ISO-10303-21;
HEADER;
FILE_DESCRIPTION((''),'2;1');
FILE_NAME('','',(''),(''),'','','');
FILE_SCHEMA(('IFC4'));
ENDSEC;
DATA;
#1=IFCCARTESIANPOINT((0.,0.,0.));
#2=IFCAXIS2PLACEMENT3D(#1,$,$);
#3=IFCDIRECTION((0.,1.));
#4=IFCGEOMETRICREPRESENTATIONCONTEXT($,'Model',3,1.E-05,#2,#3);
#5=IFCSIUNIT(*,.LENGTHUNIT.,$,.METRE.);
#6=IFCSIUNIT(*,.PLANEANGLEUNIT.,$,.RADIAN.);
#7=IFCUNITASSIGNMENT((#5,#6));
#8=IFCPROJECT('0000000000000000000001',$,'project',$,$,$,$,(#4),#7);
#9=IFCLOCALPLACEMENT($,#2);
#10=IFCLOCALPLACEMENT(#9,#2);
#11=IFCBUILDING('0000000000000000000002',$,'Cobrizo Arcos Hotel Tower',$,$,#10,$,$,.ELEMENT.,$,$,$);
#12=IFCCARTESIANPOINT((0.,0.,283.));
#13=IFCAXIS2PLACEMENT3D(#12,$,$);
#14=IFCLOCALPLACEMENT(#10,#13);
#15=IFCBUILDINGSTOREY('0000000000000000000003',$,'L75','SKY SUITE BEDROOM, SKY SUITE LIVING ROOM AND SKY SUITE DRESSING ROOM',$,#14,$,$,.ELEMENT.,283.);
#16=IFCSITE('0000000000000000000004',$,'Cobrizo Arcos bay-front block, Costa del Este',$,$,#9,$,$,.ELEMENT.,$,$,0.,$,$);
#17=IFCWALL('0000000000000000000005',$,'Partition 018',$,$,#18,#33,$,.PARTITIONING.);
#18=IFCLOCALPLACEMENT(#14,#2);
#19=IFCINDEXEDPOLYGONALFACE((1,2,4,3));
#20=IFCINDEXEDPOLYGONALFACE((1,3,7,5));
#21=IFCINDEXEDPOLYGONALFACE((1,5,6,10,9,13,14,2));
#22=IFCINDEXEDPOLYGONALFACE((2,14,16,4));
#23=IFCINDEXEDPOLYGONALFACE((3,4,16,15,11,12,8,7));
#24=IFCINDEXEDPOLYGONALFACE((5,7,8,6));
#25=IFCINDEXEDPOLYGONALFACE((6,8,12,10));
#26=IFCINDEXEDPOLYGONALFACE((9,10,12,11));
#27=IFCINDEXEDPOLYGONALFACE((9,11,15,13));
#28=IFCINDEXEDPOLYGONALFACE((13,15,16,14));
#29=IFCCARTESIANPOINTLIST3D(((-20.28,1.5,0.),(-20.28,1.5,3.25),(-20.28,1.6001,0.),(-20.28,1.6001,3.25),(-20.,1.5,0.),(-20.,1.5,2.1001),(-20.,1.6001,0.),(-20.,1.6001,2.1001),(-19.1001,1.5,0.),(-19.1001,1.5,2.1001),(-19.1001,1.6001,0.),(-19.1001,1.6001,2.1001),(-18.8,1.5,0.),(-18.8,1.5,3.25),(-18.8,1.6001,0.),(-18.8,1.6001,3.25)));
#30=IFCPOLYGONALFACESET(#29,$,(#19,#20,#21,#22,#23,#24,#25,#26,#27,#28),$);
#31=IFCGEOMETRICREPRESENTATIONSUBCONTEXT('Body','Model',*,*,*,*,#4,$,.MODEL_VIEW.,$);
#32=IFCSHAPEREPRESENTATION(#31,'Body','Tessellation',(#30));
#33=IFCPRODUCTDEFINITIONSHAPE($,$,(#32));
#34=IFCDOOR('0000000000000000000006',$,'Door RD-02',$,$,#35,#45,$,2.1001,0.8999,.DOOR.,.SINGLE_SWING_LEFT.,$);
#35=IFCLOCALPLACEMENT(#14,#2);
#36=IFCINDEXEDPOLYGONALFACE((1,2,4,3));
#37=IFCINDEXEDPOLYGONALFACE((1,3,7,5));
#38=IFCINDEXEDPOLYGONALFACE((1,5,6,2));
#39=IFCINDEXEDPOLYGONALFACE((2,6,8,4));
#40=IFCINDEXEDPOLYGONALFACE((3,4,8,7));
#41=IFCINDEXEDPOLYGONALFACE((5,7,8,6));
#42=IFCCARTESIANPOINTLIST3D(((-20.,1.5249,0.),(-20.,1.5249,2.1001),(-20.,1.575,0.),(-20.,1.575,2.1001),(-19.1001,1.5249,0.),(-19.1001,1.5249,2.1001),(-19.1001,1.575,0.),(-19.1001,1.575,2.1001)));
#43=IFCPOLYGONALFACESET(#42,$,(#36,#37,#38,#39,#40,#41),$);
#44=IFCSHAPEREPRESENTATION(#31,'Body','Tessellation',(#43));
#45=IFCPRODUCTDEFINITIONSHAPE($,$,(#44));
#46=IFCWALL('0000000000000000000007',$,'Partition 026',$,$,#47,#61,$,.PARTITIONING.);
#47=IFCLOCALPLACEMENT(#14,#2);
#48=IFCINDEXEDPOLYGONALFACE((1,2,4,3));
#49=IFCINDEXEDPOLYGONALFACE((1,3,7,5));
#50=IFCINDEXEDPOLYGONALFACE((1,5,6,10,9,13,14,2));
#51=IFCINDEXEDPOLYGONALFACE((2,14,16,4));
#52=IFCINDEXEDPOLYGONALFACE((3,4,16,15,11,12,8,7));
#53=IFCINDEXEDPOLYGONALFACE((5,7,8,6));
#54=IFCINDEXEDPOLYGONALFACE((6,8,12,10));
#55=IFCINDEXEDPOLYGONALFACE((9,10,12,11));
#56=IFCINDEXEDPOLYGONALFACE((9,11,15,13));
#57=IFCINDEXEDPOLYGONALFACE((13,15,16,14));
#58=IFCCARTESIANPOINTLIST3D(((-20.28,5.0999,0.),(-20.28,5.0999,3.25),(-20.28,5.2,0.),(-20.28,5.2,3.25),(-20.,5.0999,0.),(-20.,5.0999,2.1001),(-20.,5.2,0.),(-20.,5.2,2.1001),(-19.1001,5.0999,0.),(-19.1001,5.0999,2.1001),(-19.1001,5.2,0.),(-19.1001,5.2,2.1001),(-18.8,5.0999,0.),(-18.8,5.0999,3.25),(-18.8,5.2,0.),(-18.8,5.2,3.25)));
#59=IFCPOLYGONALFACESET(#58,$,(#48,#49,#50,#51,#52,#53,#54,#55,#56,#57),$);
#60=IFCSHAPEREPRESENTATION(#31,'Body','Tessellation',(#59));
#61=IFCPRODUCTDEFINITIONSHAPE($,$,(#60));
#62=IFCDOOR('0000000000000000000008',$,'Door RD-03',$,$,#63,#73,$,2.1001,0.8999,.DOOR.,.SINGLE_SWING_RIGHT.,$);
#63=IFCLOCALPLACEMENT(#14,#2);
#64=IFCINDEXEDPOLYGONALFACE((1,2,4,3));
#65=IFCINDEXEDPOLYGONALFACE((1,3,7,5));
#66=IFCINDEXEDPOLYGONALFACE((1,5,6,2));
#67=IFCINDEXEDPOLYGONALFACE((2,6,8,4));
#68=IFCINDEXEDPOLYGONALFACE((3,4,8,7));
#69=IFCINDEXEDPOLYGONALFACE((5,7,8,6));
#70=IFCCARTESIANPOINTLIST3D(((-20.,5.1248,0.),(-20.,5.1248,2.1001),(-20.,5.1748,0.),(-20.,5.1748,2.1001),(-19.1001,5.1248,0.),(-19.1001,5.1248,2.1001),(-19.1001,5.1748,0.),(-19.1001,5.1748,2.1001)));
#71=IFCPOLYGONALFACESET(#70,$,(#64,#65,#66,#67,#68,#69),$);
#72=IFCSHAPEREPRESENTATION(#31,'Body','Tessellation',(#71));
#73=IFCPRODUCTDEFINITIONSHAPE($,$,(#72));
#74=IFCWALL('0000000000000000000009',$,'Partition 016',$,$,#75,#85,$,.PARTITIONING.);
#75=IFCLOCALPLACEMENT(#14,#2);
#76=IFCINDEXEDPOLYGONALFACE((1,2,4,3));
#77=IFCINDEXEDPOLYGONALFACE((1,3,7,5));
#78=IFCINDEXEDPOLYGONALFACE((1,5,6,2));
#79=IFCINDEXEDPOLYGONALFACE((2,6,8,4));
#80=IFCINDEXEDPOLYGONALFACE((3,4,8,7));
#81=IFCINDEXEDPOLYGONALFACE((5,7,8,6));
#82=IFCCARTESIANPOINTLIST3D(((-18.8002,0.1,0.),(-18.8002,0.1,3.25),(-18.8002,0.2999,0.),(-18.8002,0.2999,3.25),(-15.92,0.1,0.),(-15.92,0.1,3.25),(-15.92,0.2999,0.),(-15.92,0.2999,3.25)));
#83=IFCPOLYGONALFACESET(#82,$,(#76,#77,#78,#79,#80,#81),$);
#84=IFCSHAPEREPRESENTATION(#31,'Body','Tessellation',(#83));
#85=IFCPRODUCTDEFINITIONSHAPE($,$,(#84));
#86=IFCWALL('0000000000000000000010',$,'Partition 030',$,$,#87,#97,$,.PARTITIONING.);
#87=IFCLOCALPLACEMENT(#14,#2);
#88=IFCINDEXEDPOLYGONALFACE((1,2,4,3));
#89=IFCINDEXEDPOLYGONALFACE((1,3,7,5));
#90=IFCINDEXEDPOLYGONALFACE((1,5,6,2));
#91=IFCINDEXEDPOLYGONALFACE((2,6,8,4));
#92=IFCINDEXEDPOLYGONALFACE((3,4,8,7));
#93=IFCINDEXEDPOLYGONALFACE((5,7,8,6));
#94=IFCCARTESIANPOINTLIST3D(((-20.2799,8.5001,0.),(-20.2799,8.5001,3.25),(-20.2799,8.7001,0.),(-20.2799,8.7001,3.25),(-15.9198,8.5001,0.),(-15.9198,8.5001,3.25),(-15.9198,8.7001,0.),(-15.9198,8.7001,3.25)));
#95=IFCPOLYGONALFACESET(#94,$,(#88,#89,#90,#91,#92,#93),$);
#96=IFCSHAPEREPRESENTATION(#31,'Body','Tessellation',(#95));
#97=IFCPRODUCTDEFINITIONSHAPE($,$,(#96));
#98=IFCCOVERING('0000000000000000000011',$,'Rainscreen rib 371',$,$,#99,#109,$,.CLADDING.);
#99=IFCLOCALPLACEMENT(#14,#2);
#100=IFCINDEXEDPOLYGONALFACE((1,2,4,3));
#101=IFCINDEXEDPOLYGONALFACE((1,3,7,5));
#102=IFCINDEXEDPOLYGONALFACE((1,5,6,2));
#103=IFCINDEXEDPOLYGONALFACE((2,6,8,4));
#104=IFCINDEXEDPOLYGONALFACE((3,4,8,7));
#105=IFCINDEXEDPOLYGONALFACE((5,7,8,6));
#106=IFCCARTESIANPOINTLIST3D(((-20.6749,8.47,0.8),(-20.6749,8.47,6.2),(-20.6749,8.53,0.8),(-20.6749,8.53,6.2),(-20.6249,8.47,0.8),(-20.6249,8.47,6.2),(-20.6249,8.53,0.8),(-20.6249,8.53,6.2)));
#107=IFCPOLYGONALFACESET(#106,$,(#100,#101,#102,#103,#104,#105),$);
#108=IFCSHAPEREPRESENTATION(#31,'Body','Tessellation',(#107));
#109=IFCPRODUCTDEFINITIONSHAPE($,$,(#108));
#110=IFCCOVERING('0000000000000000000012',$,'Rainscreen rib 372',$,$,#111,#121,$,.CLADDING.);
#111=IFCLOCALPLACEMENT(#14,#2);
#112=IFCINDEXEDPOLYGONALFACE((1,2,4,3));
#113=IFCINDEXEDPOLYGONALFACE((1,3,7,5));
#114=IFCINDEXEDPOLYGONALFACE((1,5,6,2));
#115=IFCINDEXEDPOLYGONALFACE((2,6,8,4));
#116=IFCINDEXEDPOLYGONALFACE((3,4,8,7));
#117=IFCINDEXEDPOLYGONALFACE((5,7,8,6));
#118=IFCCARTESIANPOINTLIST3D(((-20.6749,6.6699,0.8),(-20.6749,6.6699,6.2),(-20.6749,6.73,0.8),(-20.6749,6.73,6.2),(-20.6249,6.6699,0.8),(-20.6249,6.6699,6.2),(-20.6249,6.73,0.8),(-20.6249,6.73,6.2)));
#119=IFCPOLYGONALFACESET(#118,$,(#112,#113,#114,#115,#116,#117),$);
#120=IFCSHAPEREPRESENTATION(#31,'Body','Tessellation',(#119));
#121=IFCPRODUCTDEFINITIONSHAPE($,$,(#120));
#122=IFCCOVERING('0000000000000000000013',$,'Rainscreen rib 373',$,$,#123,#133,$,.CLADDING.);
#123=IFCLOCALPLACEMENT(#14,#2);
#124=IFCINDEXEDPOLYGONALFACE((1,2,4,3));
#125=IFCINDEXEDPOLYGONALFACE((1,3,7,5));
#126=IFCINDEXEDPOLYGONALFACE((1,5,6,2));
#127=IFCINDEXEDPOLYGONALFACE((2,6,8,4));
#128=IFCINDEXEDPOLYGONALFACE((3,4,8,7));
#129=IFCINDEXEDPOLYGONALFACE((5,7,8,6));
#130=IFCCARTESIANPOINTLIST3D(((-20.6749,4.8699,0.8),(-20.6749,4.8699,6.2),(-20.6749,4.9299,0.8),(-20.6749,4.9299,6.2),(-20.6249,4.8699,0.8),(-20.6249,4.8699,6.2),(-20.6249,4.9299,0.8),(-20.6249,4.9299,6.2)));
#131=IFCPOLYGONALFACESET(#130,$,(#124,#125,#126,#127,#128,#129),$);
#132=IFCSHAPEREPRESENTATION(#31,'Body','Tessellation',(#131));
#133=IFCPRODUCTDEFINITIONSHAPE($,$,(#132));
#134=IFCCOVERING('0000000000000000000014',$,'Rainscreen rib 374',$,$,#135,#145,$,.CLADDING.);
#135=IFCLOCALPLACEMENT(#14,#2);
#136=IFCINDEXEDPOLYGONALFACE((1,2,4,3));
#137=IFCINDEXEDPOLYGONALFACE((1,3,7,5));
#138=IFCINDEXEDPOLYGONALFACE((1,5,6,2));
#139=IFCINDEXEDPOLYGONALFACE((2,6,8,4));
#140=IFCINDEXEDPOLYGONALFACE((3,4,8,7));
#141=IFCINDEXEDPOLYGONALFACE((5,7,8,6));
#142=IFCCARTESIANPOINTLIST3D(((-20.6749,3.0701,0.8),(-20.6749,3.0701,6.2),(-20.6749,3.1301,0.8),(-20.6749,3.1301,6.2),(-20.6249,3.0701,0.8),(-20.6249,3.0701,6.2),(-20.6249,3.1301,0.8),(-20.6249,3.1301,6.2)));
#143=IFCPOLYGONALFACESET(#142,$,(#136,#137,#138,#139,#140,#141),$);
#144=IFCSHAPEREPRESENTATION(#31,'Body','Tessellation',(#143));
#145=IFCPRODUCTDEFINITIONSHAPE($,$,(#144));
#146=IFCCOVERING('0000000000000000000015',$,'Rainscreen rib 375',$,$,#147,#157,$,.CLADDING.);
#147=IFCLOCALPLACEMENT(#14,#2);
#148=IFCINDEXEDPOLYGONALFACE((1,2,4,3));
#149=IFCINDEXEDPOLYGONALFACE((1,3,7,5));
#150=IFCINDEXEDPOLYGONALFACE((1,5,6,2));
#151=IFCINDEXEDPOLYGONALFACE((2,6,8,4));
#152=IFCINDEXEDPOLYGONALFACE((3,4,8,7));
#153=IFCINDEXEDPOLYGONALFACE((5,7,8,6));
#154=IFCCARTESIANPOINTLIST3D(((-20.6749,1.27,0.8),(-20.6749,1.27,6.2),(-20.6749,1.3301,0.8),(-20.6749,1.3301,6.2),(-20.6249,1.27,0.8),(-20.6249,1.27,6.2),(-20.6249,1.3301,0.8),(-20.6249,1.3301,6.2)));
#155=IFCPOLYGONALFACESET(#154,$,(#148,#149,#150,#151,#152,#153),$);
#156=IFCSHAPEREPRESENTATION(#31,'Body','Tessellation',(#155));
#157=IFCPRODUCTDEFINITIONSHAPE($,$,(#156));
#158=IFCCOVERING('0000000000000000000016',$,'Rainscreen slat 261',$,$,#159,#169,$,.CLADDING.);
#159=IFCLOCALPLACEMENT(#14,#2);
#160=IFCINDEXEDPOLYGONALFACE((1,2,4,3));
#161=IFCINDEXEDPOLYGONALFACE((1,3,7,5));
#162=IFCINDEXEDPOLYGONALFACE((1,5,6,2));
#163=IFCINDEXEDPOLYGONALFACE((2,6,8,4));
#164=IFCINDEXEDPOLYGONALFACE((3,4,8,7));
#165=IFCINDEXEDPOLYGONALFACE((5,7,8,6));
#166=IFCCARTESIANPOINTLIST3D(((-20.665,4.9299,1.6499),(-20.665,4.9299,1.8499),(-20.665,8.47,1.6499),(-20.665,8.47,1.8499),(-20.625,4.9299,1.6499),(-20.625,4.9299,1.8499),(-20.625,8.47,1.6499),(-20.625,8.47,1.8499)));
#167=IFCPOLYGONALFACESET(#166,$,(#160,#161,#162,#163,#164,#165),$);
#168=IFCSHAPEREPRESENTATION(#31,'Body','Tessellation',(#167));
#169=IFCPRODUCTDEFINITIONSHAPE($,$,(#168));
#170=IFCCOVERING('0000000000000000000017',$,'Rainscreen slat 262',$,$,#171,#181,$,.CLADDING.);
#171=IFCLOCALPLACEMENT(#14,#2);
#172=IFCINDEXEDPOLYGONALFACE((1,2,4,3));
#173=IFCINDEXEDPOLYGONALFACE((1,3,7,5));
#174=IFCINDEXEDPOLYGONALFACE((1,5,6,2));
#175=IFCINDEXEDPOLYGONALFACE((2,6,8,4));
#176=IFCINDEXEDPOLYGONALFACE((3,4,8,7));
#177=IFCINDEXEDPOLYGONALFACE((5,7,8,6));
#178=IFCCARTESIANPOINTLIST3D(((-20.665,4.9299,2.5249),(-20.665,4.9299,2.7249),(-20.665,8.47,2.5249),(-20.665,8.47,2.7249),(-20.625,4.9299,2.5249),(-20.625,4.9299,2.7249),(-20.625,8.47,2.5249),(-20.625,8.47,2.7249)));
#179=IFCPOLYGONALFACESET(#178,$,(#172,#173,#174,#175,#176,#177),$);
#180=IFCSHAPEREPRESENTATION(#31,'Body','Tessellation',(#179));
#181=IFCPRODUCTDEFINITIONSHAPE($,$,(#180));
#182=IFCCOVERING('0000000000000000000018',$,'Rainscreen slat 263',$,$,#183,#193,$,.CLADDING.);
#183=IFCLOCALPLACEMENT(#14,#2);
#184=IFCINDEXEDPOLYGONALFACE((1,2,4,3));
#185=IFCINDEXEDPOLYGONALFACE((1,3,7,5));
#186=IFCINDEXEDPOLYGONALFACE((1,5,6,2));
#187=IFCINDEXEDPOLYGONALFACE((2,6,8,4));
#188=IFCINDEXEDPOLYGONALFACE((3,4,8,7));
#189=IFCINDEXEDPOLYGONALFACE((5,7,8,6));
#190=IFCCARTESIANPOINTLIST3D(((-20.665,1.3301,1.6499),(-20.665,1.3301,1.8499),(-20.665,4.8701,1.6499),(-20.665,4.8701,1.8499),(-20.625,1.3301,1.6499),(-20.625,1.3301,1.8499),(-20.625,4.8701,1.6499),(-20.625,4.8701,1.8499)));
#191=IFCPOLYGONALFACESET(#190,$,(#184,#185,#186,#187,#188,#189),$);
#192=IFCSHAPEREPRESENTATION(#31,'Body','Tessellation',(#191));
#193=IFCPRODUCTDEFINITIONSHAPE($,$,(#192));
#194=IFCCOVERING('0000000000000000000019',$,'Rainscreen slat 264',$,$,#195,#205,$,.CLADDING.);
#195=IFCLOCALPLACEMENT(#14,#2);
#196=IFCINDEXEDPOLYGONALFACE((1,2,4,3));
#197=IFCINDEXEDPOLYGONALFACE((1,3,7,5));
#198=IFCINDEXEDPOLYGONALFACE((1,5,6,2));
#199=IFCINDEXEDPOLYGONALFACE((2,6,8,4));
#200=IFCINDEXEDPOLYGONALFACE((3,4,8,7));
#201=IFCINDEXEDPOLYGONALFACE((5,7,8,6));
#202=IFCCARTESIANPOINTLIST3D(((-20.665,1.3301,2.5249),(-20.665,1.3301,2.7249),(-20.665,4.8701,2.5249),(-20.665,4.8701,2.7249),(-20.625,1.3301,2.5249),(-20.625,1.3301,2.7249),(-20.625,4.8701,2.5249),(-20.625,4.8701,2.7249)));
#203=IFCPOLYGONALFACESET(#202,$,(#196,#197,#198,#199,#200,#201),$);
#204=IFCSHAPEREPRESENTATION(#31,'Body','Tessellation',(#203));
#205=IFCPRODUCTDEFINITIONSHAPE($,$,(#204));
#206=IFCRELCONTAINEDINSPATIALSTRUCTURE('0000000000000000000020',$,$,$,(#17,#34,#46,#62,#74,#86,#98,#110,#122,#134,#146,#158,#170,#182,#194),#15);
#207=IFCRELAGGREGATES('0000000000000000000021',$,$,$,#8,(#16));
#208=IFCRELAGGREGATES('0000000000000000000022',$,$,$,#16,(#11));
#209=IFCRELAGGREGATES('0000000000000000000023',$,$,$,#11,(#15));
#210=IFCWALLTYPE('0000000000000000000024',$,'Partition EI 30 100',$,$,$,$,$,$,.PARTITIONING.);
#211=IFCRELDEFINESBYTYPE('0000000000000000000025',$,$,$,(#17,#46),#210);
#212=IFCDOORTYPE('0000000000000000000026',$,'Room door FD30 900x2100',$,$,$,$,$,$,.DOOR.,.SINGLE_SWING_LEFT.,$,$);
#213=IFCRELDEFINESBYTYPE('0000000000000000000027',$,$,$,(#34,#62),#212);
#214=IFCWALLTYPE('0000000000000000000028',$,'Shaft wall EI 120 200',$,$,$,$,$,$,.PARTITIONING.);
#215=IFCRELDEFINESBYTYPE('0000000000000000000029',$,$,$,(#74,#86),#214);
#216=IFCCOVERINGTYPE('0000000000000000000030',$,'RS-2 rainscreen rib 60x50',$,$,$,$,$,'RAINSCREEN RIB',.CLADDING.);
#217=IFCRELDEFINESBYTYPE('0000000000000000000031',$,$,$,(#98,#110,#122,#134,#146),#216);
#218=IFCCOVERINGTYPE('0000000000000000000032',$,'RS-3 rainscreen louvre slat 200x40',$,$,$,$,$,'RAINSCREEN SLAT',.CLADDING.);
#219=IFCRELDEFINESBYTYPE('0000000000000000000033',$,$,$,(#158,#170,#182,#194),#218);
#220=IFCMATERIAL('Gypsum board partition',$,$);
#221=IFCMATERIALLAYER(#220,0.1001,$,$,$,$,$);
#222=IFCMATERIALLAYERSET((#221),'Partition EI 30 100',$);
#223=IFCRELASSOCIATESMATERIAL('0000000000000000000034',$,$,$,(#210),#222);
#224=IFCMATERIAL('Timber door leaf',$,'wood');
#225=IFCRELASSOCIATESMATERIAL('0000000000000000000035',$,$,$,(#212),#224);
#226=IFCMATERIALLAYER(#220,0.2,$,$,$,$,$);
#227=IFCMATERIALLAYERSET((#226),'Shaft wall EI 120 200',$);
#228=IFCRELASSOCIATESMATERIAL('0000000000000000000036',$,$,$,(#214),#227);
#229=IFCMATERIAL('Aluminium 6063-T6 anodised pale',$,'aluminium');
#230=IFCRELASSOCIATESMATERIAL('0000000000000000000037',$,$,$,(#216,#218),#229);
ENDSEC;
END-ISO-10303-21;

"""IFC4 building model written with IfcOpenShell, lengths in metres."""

from ifc_helpers import new_model, si_unit, direction, frame, frame_2d, origin, origin_2d, place, context, subcontext, project, spatial, rectangle, extrude, material, layer, layer_set, type_object, element, fill, save


model = new_model("IFC4")

# Units and contexts
model_context = context("Model", 3, precision=1e-05, world=origin(), true_north=direction((0.0, 1.0)))
body_context = subcontext(model_context, "Body", "Model", "MODEL_VIEW")
ifc_project = project(units=[si_unit("LENGTHUNIT", "METRE"), si_unit("PLANEANGLEUNIT", "RADIAN")], contexts=[model_context])

# Site, building, storey
site_placement = place(None, origin())
site = spatial("IfcSite", under=ifc_project, at=site_placement, Name="Cobrizo Arcos bay-front block, Costa del Este", CompositionType="ELEMENT", RefElevation=0.0)
building_placement = place(site_placement, origin())
building = spatial("IfcBuilding", under=site, at=building_placement, Name="Cobrizo Arcos Hotel Tower", CompositionType="ELEMENT")
storey_placement = place(building_placement, frame((0.0, 0.0, 283.0)))
storey = spatial("IfcBuildingStorey", under=building, at=storey_placement, Name="L75", Description="SKY SUITE BEDROOM, SKY SUITE LIVING ROOM AND SKY SUITE DRESSING ROOM", CompositionType="ELEMENT", Elevation=283.0)

# Walls, openings, doors
ifc_material_1 = material(Name="Gypsum board partition")
ifc_layer_1 = layer(ifc_material_1, 0.1001)
ifc_layer_set_1 = layer_set([ifc_layer_1], Name="Partition EI 30 100")
wall_type_1 = type_object("IfcWallType", Name="Partition EI 30 100", PredefinedType="PARTITIONING", material=ifc_layer_set_1)
wall_1_placement = place(storey_placement, frame((-20.28, 1.55, 0.0), z_axis=(0.0, 0.0, 1.0), x_axis=(1.0, 0.0, 0.0)))
wall_1 = element("IfcWall", 1, at=wall_1_placement, inside=storey, type_object=wall_type_1, Name="Partition 018", PredefinedType="PARTITIONING", context=body_context, shape_type="SweptSolid", body=[
    extrude(rectangle(XDim=1.48, YDim=0.1001, at=frame_2d((0.74, 0.0))), origin(), (0.0, 0.0, 1.0), 3.25),
])
opening_1_placement = place(wall_1_placement, frame((0.28, 0.0, 0.0)))
opening_1 = element("IfcOpeningElement", 2, at=opening_1_placement, cuts=wall_1, PredefinedType="OPENING", context=body_context, shape_type="SweptSolid", body=[
    extrude(rectangle(XDim=0.8999, YDim=2.1001, at=frame_2d((0.45, 1.05))), frame((0.0, 0.062, 0.0), z_axis=(0.0, -1.0, 0.0), x_axis=(1.0, 0.0, 0.0)), (0.0, 0.0, 1.0), 0.124),
])
ifc_material_2 = material(Name="Timber door leaf", Category="wood")
door_type = type_object("IfcDoorType", Name="Room door FD30 900x2100", OperationType="SINGLE_SWING_LEFT", PredefinedType="DOOR", material=ifc_material_2)
door_1_placement = place(opening_1_placement, origin())
door_1 = element("IfcDoor", 3, at=door_1_placement, inside=storey, type_object=door_type, Name="Door RD-02", OperationType="SINGLE_SWING_LEFT", OverallHeight=2.1001, OverallWidth=0.8999, PredefinedType="DOOR", context=body_context, shape_type="SweptSolid", body=[
    extrude(rectangle(XDim=0.8999, YDim=2.1001, at=frame_2d((0.45, 1.05))), frame((0.0, 0.0249, 0.0), z_axis=(0.0, -1.0, 0.0), x_axis=(1.0, 0.0, 0.0)), (0.0, 0.0, 1.0), 0.05),
])
fill(opening_1, door_1)
wall_2_placement = place(storey_placement, frame((-20.28, 5.1499, 0.0), z_axis=(0.0, 0.0, 1.0), x_axis=(1.0, 0.0, 0.0)))
wall_2 = element("IfcWall", 4, at=wall_2_placement, inside=storey, type_object=wall_type_1, Name="Partition 026", PredefinedType="PARTITIONING", context=body_context, shape_type="SweptSolid", body=[
    extrude(rectangle(XDim=1.48, YDim=0.1001, at=frame_2d((0.74, 0.0))), origin(), (0.0, 0.0, 1.0), 3.25),
])
opening_2_placement = place(wall_2_placement, frame((0.28, 0.0, 0.0)))
opening_2 = element("IfcOpeningElement", 5, at=opening_2_placement, cuts=wall_2, PredefinedType="OPENING", context=body_context, shape_type="SweptSolid", body=[
    extrude(rectangle(XDim=0.8999, YDim=2.1001, at=frame_2d((0.45, 1.05))), frame((0.0, 0.062, 0.0), z_axis=(0.0, -1.0, 0.0), x_axis=(1.0, 0.0, 0.0)), (0.0, 0.0, 1.0), 0.124),
])
door_2_placement = place(opening_2_placement, origin())
door_2 = element("IfcDoor", 6, at=door_2_placement, inside=storey, type_object=door_type, Name="Door RD-03", OperationType="SINGLE_SWING_RIGHT", OverallHeight=2.1001, OverallWidth=0.8999, PredefinedType="DOOR", context=body_context, shape_type="SweptSolid", body=[
    extrude(rectangle(XDim=0.8999, YDim=2.1001, at=frame_2d((0.45, 1.05))), frame((0.0, 0.0249, 0.0), z_axis=(0.0, -1.0, 0.0), x_axis=(1.0, 0.0, 0.0)), (0.0, 0.0, 1.0), 0.05),
])
fill(opening_2, door_2)

# Walls
ifc_layer_2 = layer(ifc_material_1, 0.2)
ifc_layer_set_2 = layer_set([ifc_layer_2], Name="Shaft wall EI 120 200")
wall_type_2 = type_object("IfcWallType", Name="Shaft wall EI 120 200", PredefinedType="PARTITIONING", material=ifc_layer_set_2)
wall_3_placement = place(storey_placement, frame((-18.8, 0.2, 0.0), z_axis=(0.0, 0.0, 1.0), x_axis=(1.0, 0.0, 0.0)))
element("IfcWall", 7, at=wall_3_placement, inside=storey, type_object=wall_type_2, Name="Partition 016", PredefinedType="PARTITIONING", context=body_context, shape_type="SweptSolid", body=[
    extrude(rectangle(XDim=2.8801, YDim=0.2, at=frame_2d((1.4399, 0.0))), origin(), (0.0, 0.0, 1.0), 3.25),
])
wall_4_placement = place(storey_placement, frame((-20.28, 8.6001, 0.0), z_axis=(0.0, 0.0, 1.0), x_axis=(1.0, 0.0, 0.0)))
element("IfcWall", 8, at=wall_4_placement, inside=storey, type_object=wall_type_2, Name="Partition 030", PredefinedType="PARTITIONING", context=body_context, shape_type="SweptSolid", body=[
    extrude(rectangle(XDim=4.3601, YDim=0.2, at=frame_2d((2.1802, 0.0))), origin(), (0.0, 0.0, 1.0), 3.25),
])

# Coverings
ifc_material_3 = material(Name="Aluminium 6063-T6 anodised pale", Category="aluminium")
covering_type_1 = type_object("IfcCoveringType", Name="RS-2 rainscreen rib 60x50", ElementType="RAINSCREEN RIB", PredefinedType="CLADDING", material=ifc_material_3)
for number, where, z_axis, x_axis, name in (
    (9, (-20.6499, 8.5, 0.8), (0.0, 0.0, 1.0), (0.0, -1.0, 0.0), "Rainscreen rib 371"),
    (10, (-20.6499, 6.7, 0.8), (0.0, 0.0, 1.0), (0.0, -1.0, 0.0), "Rainscreen rib 372"),
    (11, (-20.6499, 4.8999, 0.8), (0.0, 0.0, 1.0), (0.0, -1.0, 0.0), "Rainscreen rib 373"),
    (12, (-20.6499, 3.1001, 0.8), (0.0, 0.0, 1.0), (0.0, -1.0, 0.0), "Rainscreen rib 374"),
    (13, (-20.6499, 1.3, 0.8), (0.0, 0.0, 1.0), (0.0, -1.0, 0.0), "Rainscreen rib 375"),
):
    element("IfcCovering", number, at=place(storey_placement, frame(where, z_axis=z_axis, x_axis=x_axis)), inside=storey, type_object=covering_type_1, Name=name, PredefinedType="CLADDING", context=body_context, shape_type="SweptSolid", body=[
        extrude(rectangle(XDim=0.0601, YDim=0.05, at=origin_2d()), origin(), (0.0, 0.0, 1.0), 5.3999),
    ])
covering_type_2 = type_object("IfcCoveringType", Name="RS-3 rainscreen louvre slat 200x40", ElementType="RAINSCREEN SLAT", PredefinedType="CLADDING", material=ifc_material_3)
for number, where, z_axis, x_axis, name in (
    (14, (-20.645, 6.7, 1.6499), (0.0, 0.0, 1.0), (0.0, -1.0, 0.0), "Rainscreen slat 261"),
    (15, (-20.645, 6.7, 2.5249), (0.0, 0.0, 1.0), (0.0, -1.0, 0.0), "Rainscreen slat 262"),
    (16, (-20.645, 3.1001, 1.6499), (0.0, 0.0, 1.0), (0.0, -1.0, 0.0), "Rainscreen slat 263"),
    (17, (-20.645, 3.1001, 2.5249), (0.0, 0.0, 1.0), (0.0, -1.0, 0.0), "Rainscreen slat 264"),
):
    element("IfcCovering", number, at=place(storey_placement, frame(where, z_axis=z_axis, x_axis=x_axis)), inside=storey, type_object=covering_type_2, Name=name, PredefinedType="CLADDING", context=body_context, shape_type="SweptSolid", body=[
        extrude(rectangle(XDim=3.54, YDim=0.04, at=origin_2d()), origin(), (0.0, 0.0, 1.0), 0.2),
    ])

save(model, "model.ifc")
